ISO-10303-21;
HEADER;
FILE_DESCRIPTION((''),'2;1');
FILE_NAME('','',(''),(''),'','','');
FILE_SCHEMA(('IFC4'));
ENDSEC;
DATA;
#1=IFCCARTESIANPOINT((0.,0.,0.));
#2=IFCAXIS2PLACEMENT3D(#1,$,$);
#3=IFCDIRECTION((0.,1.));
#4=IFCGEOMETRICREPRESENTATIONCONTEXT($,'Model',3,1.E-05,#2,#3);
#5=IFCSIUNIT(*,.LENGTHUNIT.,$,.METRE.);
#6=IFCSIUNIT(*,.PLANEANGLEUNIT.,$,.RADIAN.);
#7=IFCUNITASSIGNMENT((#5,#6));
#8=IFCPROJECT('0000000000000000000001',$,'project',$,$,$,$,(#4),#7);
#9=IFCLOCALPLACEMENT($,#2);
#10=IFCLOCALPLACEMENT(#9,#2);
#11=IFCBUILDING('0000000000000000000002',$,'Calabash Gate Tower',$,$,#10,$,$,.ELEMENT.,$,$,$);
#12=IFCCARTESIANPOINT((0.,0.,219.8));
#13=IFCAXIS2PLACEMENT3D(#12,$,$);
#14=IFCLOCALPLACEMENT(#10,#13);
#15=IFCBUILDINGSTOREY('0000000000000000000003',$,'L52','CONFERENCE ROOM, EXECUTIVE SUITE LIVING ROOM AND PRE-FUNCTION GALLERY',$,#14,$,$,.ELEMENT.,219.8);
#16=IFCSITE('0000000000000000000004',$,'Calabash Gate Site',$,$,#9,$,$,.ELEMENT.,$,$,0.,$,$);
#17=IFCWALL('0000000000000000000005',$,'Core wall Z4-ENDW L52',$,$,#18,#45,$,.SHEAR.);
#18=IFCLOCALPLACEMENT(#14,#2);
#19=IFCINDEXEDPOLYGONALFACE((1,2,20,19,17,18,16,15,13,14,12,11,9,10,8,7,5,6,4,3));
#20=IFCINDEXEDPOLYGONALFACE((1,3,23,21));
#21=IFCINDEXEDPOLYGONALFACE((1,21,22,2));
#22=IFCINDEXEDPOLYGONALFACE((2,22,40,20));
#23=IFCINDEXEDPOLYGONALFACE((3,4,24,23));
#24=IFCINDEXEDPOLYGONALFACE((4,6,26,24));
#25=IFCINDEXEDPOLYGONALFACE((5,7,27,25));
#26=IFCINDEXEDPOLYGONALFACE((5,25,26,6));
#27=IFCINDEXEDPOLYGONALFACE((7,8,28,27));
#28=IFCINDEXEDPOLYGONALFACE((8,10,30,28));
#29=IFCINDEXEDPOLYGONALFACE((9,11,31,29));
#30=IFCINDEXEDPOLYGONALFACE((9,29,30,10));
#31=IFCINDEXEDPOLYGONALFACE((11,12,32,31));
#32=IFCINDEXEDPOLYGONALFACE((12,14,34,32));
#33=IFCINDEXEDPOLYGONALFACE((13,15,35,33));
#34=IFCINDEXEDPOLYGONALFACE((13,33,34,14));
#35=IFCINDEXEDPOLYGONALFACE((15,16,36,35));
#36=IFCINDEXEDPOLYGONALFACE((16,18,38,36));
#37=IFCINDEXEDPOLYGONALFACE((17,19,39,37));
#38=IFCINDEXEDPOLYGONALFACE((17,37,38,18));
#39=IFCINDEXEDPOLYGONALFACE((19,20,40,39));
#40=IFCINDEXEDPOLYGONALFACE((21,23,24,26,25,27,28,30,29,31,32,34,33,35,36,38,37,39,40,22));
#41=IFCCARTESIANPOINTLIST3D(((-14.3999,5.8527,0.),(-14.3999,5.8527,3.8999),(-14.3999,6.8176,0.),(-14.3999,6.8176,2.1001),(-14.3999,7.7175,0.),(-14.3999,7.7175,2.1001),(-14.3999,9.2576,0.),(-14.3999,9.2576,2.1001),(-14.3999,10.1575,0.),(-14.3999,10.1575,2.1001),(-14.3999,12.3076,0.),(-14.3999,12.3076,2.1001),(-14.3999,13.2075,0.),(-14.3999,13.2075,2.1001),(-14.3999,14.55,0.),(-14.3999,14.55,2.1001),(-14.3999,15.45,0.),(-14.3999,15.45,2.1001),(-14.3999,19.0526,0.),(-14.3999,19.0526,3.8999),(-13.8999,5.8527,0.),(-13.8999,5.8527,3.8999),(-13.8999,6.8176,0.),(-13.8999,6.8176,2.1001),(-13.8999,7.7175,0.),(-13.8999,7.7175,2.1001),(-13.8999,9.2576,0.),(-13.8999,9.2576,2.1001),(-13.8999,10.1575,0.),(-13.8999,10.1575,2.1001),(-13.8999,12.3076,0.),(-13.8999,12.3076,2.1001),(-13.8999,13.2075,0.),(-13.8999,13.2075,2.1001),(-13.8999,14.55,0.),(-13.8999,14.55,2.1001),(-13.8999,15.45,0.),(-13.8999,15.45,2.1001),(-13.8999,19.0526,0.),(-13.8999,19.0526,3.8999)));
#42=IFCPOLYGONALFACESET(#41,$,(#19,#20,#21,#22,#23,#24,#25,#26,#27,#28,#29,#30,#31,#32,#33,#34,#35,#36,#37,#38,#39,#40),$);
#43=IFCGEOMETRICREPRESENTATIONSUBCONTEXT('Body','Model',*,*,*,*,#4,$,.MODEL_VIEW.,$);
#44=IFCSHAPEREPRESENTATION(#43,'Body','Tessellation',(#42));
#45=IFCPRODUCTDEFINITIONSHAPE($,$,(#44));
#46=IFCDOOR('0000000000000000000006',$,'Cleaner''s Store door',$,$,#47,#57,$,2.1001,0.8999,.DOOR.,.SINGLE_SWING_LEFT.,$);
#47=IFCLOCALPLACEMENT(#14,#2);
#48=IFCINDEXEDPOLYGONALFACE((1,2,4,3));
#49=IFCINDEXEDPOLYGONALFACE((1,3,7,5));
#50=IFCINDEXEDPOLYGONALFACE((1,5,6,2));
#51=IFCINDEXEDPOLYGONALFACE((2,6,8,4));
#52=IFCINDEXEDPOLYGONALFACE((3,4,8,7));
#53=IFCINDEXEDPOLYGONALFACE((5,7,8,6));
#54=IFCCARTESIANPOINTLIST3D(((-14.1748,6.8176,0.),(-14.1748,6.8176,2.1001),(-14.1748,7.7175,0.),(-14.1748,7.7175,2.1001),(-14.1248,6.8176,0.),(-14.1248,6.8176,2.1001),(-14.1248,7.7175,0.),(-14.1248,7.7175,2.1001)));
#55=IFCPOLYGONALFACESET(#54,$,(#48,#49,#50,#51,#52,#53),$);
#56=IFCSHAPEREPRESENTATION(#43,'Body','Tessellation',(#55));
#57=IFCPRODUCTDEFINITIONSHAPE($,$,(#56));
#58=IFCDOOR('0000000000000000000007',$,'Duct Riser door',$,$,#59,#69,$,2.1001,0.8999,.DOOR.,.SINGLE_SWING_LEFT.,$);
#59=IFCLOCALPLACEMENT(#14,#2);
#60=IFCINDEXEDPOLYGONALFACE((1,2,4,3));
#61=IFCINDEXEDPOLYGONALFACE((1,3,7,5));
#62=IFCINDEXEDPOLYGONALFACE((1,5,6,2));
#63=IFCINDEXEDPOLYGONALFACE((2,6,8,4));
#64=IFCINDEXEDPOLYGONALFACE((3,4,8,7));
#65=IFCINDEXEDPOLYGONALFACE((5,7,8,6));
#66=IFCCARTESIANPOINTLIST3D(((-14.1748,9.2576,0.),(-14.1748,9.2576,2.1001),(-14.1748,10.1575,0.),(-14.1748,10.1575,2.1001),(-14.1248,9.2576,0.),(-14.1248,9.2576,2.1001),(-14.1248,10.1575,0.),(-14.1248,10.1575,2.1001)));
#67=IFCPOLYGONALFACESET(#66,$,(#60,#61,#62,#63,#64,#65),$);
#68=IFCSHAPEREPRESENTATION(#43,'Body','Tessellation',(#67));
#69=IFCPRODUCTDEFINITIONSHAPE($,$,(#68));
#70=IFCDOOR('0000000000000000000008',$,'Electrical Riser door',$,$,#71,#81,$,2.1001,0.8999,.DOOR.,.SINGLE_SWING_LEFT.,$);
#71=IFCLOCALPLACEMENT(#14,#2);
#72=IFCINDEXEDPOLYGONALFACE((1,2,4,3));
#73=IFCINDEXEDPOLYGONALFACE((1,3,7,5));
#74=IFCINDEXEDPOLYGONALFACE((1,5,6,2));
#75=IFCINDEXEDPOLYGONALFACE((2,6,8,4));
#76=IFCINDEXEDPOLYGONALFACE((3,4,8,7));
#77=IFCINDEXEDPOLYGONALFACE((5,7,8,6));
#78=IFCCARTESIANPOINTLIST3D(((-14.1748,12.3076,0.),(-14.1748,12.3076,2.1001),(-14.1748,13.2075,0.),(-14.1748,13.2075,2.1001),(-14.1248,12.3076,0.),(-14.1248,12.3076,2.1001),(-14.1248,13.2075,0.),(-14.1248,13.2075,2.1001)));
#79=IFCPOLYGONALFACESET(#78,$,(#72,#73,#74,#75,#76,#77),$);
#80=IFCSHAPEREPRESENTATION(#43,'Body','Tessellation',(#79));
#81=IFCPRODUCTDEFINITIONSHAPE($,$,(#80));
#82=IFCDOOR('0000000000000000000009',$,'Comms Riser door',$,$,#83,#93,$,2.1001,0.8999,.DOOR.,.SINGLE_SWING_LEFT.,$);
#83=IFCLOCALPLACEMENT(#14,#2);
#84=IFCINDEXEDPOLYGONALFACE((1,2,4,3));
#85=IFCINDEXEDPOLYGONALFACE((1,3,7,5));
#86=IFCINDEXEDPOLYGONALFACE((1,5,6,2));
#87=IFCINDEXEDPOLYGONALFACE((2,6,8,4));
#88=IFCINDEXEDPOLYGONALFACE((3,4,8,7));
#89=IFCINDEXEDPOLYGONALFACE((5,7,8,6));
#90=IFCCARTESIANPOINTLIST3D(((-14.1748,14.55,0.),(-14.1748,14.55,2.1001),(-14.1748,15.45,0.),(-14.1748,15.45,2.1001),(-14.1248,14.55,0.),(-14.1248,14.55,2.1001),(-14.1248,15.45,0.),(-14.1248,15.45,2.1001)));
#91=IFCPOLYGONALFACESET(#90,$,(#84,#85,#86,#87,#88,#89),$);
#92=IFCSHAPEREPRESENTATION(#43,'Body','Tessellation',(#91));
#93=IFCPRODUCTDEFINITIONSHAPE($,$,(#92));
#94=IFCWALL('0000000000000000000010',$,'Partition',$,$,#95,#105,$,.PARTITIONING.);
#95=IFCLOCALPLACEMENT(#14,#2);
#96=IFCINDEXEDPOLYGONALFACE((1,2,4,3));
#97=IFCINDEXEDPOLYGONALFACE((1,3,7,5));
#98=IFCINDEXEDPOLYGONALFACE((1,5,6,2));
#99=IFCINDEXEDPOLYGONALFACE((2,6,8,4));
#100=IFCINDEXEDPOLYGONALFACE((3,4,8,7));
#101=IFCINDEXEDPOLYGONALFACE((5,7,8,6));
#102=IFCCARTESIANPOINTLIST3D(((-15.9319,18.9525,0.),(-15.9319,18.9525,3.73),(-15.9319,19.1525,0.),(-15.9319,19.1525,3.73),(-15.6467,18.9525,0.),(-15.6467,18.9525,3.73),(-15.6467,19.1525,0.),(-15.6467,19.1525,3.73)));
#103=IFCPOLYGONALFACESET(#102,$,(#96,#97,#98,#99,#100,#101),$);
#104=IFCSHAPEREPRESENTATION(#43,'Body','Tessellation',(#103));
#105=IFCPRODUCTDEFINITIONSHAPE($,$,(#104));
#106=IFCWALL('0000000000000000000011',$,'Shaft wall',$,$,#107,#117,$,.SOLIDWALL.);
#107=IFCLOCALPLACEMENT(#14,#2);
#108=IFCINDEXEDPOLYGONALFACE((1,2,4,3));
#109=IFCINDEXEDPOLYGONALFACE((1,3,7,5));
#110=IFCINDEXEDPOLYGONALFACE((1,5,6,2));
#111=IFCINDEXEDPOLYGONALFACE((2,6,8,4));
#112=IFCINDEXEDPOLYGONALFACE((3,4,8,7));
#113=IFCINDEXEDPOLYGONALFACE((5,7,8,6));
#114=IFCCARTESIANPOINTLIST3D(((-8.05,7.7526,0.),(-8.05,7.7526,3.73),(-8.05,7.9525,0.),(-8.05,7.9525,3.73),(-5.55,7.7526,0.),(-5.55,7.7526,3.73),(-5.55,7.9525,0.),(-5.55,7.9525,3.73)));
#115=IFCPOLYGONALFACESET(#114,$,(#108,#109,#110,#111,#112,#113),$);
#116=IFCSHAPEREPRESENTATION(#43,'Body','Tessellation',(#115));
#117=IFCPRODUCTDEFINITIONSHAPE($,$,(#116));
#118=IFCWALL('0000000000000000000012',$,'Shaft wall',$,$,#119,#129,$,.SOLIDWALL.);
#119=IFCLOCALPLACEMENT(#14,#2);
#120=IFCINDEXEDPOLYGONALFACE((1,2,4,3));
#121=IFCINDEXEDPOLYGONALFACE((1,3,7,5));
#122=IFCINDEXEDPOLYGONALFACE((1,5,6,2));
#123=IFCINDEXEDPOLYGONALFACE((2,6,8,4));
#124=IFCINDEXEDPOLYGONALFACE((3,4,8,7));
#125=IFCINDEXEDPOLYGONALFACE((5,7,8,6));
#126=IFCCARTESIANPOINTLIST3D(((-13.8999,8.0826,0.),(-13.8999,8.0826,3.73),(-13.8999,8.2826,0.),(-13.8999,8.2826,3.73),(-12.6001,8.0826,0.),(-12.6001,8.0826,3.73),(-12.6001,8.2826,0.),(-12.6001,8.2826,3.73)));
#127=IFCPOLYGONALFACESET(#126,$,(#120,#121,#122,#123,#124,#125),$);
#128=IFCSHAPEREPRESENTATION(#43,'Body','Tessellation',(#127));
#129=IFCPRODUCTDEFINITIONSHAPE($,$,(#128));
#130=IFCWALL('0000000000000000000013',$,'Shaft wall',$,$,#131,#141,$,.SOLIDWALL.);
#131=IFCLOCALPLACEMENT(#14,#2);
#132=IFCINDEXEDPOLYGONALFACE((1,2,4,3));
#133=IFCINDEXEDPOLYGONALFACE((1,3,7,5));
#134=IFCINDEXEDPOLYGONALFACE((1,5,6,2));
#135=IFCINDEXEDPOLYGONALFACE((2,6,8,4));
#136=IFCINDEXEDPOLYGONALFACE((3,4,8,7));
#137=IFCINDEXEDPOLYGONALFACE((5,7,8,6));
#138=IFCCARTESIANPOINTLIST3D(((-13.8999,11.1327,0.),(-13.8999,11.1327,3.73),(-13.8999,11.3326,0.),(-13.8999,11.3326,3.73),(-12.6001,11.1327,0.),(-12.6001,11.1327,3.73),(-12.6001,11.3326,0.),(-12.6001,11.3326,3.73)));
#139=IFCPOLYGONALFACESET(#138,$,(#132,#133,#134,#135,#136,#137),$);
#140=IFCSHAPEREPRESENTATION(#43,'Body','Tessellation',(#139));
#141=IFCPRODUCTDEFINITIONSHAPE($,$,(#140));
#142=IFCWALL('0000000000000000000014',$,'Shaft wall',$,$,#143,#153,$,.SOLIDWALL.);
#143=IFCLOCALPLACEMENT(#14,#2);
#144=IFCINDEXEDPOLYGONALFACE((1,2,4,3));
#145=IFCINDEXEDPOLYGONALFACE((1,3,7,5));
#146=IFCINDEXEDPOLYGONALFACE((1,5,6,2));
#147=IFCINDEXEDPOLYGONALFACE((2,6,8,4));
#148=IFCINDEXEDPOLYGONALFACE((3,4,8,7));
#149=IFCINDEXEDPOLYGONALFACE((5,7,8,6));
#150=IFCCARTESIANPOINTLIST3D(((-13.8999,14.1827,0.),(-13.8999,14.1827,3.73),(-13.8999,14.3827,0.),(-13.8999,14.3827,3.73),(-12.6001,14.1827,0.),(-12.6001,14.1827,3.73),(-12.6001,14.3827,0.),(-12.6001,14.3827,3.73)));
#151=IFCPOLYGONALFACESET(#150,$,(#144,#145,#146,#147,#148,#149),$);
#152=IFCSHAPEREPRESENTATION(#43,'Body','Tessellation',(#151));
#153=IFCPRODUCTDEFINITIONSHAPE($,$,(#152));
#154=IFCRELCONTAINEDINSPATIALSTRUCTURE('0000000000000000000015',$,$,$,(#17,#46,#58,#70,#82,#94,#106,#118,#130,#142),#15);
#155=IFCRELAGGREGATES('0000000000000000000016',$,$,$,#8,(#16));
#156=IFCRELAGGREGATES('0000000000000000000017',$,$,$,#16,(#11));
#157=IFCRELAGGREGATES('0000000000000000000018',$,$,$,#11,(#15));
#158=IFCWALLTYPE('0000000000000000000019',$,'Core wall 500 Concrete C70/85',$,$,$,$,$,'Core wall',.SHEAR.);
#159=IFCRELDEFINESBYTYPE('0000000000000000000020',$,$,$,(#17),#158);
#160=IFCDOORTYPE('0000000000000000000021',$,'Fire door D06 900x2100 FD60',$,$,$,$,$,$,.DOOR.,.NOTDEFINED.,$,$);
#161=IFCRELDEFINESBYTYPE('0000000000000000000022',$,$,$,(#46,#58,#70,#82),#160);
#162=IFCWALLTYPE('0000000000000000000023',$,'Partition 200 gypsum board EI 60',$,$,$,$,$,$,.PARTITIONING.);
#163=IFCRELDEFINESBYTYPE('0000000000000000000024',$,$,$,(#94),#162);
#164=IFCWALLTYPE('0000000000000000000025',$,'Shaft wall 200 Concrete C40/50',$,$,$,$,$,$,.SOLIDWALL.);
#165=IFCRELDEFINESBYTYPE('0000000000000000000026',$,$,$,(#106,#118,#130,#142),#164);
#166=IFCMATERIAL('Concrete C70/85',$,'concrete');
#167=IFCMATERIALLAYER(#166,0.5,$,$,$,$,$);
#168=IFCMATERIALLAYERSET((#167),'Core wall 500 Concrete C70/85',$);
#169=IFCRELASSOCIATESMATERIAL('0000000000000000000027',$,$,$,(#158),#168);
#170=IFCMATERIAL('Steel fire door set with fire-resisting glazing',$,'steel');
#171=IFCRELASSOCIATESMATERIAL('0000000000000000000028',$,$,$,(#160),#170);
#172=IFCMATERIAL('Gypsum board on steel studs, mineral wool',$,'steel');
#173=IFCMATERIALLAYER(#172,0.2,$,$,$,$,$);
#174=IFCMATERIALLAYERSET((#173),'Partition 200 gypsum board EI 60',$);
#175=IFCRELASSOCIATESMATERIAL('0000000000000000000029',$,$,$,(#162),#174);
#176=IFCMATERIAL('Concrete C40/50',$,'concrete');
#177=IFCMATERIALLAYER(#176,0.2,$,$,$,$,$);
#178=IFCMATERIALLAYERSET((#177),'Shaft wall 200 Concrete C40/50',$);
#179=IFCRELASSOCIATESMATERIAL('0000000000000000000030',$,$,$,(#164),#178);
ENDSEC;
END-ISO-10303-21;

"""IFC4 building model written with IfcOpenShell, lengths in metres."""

from ifc_helpers import new_model, si_unit, direction, frame, frame_2d, origin, place, context, subcontext, project, spatial, rectangle, extrude, material, layer, layer_set, type_object, element, fill, save


model = new_model("IFC4")

# Units and contexts
model_context = context("Model", 3, precision=1e-05, world=origin(), true_north=direction((0.0, 1.0)))
body_context = subcontext(model_context, "Body", "Model", "MODEL_VIEW")
ifc_project = project(units=[si_unit("LENGTHUNIT", "METRE"), si_unit("PLANEANGLEUNIT", "RADIAN")], contexts=[model_context])

# Site, building, storey
site_placement = place(None, origin())
site = spatial("IfcSite", under=ifc_project, at=site_placement, Name="Calabash Gate Site", CompositionType="ELEMENT", RefElevation=0.0)
building_placement = place(site_placement, origin())
building = spatial("IfcBuilding", under=site, at=building_placement, Name="Calabash Gate Tower", CompositionType="ELEMENT")
storey_placement = place(building_placement, frame((0.0, 0.0, 219.8)))
storey = spatial("IfcBuildingStorey", under=building, at=storey_placement, Name="L52", Description="CONFERENCE ROOM, EXECUTIVE SUITE LIVING ROOM AND PRE-FUNCTION GALLERY", CompositionType="ELEMENT", Elevation=219.8)

# Shared definitions
ifc_material_1 = material(Name="Concrete C70/85", Category="concrete")
ifc_layer_1 = layer(ifc_material_1, 0.5)
ifc_layer_set_1 = layer_set([ifc_layer_1], Name="Core wall 500 Concrete C70/85")
wall_type_1 = type_object("IfcWallType", Name="Core wall 500 Concrete C70/85", ElementType="Core wall", PredefinedType="SHEAR", material=ifc_layer_set_1)

# Wall, openings, doors
wall_1_placement = place(storey_placement, frame((-14.1499, 5.8525, 0.0), z_axis=(0.0, 0.0, 1.0), x_axis=(0.0, 1.0, 0.0)))
wall_1 = element("IfcWall", 1, at=wall_1_placement, inside=storey, type_object=wall_type_1, Name="Core wall Z4-ENDW L52", PredefinedType="SHEAR", context=body_context, shape_type="SweptSolid", body=[
    extrude(rectangle(XDim=13.2, YDim=0.5, at=frame_2d((6.6001, 0.0))), origin(), (0.0, 0.0, 1.0), 3.8999),
])
opening_1_placement = place(wall_1_placement, frame((0.9651, 0.0, 0.0)))
opening_1 = element("IfcOpeningElement", 2, at=opening_1_placement, cuts=wall_1, PredefinedType="OPENING", context=body_context, shape_type="SweptSolid", body=[
    extrude(rectangle(XDim=0.8999, YDim=2.1001, at=frame_2d((0.45, 1.05))), frame((0.0, 0.26, 0.0), z_axis=(0.0, -1.0, 0.0), x_axis=(1.0, 0.0, 0.0)), (0.0, 0.0, 1.0), 0.52),
])
opening_2_placement = place(wall_1_placement, frame((3.405, 0.0, 0.0)))
opening_2 = element("IfcOpeningElement", 3, at=opening_2_placement, cuts=wall_1, PredefinedType="OPENING", context=body_context, shape_type="SweptSolid", body=[
    extrude(rectangle(XDim=0.8999, YDim=2.1001, at=frame_2d((0.45, 1.05))), frame((0.0, 0.26, 0.0), z_axis=(0.0, -1.0, 0.0), x_axis=(1.0, 0.0, 0.0)), (0.0, 0.0, 1.0), 0.52),
])
opening_3_placement = place(wall_1_placement, frame((6.4551, 0.0, 0.0)))
opening_3 = element("IfcOpeningElement", 4, at=opening_3_placement, cuts=wall_1, PredefinedType="OPENING", context=body_context, shape_type="SweptSolid", body=[
    extrude(rectangle(XDim=0.8999, YDim=2.1001, at=frame_2d((0.45, 1.05))), frame((0.0, 0.26, 0.0), z_axis=(0.0, -1.0, 0.0), x_axis=(1.0, 0.0, 0.0)), (0.0, 0.0, 1.0), 0.52),
])
opening_4_placement = place(wall_1_placement, frame((8.6975, 0.0, 0.0)))
opening_4 = element("IfcOpeningElement", 5, at=opening_4_placement, cuts=wall_1, PredefinedType="OPENING", context=body_context, shape_type="SweptSolid", body=[
    extrude(rectangle(XDim=0.8999, YDim=2.1001, at=frame_2d((0.45, 1.05))), frame((0.0, 0.26, 0.0), z_axis=(0.0, -1.0, 0.0), x_axis=(1.0, 0.0, 0.0)), (0.0, 0.0, 1.0), 0.52),
])
ifc_material_2 = material(Name="Steel fire door set with fire-resisting glazing", Category="steel")
door_type_1 = type_object("IfcDoorType", Name="Fire door D06 900x2100 FD60", OperationType="NOTDEFINED", PredefinedType="DOOR", material=ifc_material_2)
door_1_placement = place(opening_1_placement, origin())
door_1 = element("IfcDoor", 6, at=door_1_placement, inside=storey, type_object=door_type_1, Name="Cleaner's Store door", OperationType="SINGLE_SWING_LEFT", OverallHeight=2.1001, OverallWidth=0.8999, PredefinedType="DOOR", context=body_context, shape_type="SweptSolid", body=[
    extrude(rectangle(XDim=0.8999, YDim=2.1001, at=frame_2d((0.45, 1.05))), frame((0.0, 0.0249, 0.0), z_axis=(0.0, -1.0, 0.0), x_axis=(1.0, 0.0, 0.0)), (0.0, 0.0, 1.0), 0.05),
])
fill(opening_1, door_1)
door_2_placement = place(opening_2_placement, origin())
door_2 = element("IfcDoor", 7, at=door_2_placement, inside=storey, type_object=door_type_1, Name="Duct Riser door", OperationType="SINGLE_SWING_LEFT", OverallHeight=2.1001, OverallWidth=0.8999, PredefinedType="DOOR", context=body_context, shape_type="SweptSolid", body=[
    extrude(rectangle(XDim=0.8999, YDim=2.1001, at=frame_2d((0.45, 1.05))), frame((0.0, 0.0249, 0.0), z_axis=(0.0, -1.0, 0.0), x_axis=(1.0, 0.0, 0.0)), (0.0, 0.0, 1.0), 0.05),
])
fill(opening_2, door_2)
door_3_placement = place(opening_3_placement, origin())
door_3 = element("IfcDoor", 8, at=door_3_placement, inside=storey, type_object=door_type_1, Name="Electrical Riser door", OperationType="SINGLE_SWING_LEFT", OverallHeight=2.1001, OverallWidth=0.8999, PredefinedType="DOOR", context=body_context, shape_type="SweptSolid", body=[
    extrude(rectangle(XDim=0.8999, YDim=2.1001, at=frame_2d((0.45, 1.05))), frame((0.0, 0.0249, 0.0), z_axis=(0.0, -1.0, 0.0), x_axis=(1.0, 0.0, 0.0)), (0.0, 0.0, 1.0), 0.05),
])
fill(opening_3, door_3)
door_4_placement = place(opening_4_placement, origin())
door_4 = element("IfcDoor", 9, at=door_4_placement, inside=storey, type_object=door_type_1, Name="Comms Riser door", OperationType="SINGLE_SWING_LEFT", OverallHeight=2.1001, OverallWidth=0.8999, PredefinedType="DOOR", context=body_context, shape_type="SweptSolid", body=[
    extrude(rectangle(XDim=0.8999, YDim=2.1001, at=frame_2d((0.45, 1.05))), frame((0.0, 0.0249, 0.0), z_axis=(0.0, -1.0, 0.0), x_axis=(1.0, 0.0, 0.0)), (0.0, 0.0, 1.0), 0.05),
])
fill(opening_4, door_4)

# Walls
ifc_material_3 = material(Name="Gypsum board on steel studs, mineral wool", Category="steel")
ifc_layer_2 = layer(ifc_material_3, 0.2)
ifc_layer_set_2 = layer_set([ifc_layer_2], Name="Partition 200 gypsum board EI 60")
wall_type_2 = type_object("IfcWallType", Name="Partition 200 gypsum board EI 60", PredefinedType="PARTITIONING", material=ifc_layer_set_2)
wall_2_placement = place(storey_placement, frame((-15.9319, 19.0525, 0.0), z_axis=(0.0, 0.0, 1.0), x_axis=(1.0, 0.0, 0.0)))
element("IfcWall", 10, at=wall_2_placement, inside=storey, type_object=wall_type_2, Name="Partition", PredefinedType="PARTITIONING", context=body_context, shape_type="SweptSolid", body=[
    extrude(rectangle(XDim=0.2852, YDim=0.2, at=frame_2d((0.1426, 0.0))), origin(), (0.0, 0.0, 1.0), 3.73),
])
ifc_material_4 = material(Name="Concrete C40/50", Category="concrete")
ifc_layer_3 = layer(ifc_material_4, 0.2)
ifc_layer_set_3 = layer_set([ifc_layer_3], Name="Shaft wall 200 Concrete C40/50")
wall_type_3 = type_object("IfcWallType", Name="Shaft wall 200 Concrete C40/50", PredefinedType="SOLIDWALL", material=ifc_layer_set_3)
wall_3_placement = place(storey_placement, frame((-8.05, 7.8525, 0.0), z_axis=(0.0, 0.0, 1.0), x_axis=(1.0, 0.0, 0.0)))
element("IfcWall", 11, at=wall_3_placement, inside=storey, type_object=wall_type_3, Name="Shaft wall", PredefinedType="SOLIDWALL", context=body_context, shape_type="SweptSolid", body=[
    extrude(rectangle(XDim=2.5, YDim=0.2, at=frame_2d((1.25, 0.0))), origin(), (0.0, 0.0, 1.0), 3.73),
])
for number, where, z_axis, x_axis, name in (
    (12, (-13.8999, 8.1826, 0.0), (0.0, 0.0, 1.0), (1.0, 0.0, 0.0), "Shaft wall"),
    (13, (-13.8999, 11.2327, 0.0), (0.0, 0.0, 1.0), (1.0, 0.0, 0.0), "Shaft wall"),
    (14, (-13.8999, 14.2827, 0.0), (0.0, 0.0, 1.0), (1.0, 0.0, 0.0), "Shaft wall"),
):
    element("IfcWall", number, at=place(storey_placement, frame(where, z_axis=z_axis, x_axis=x_axis)), inside=storey, type_object=wall_type_3, Name=name, PredefinedType="SOLIDWALL", context=body_context, shape_type="SweptSolid", body=[
        extrude(rectangle(XDim=1.2998, YDim=0.2, at=frame_2d((0.6499, 0.0))), origin(), (0.0, 0.0, 1.0), 3.73),
    ])

save(model, "model.ifc")
